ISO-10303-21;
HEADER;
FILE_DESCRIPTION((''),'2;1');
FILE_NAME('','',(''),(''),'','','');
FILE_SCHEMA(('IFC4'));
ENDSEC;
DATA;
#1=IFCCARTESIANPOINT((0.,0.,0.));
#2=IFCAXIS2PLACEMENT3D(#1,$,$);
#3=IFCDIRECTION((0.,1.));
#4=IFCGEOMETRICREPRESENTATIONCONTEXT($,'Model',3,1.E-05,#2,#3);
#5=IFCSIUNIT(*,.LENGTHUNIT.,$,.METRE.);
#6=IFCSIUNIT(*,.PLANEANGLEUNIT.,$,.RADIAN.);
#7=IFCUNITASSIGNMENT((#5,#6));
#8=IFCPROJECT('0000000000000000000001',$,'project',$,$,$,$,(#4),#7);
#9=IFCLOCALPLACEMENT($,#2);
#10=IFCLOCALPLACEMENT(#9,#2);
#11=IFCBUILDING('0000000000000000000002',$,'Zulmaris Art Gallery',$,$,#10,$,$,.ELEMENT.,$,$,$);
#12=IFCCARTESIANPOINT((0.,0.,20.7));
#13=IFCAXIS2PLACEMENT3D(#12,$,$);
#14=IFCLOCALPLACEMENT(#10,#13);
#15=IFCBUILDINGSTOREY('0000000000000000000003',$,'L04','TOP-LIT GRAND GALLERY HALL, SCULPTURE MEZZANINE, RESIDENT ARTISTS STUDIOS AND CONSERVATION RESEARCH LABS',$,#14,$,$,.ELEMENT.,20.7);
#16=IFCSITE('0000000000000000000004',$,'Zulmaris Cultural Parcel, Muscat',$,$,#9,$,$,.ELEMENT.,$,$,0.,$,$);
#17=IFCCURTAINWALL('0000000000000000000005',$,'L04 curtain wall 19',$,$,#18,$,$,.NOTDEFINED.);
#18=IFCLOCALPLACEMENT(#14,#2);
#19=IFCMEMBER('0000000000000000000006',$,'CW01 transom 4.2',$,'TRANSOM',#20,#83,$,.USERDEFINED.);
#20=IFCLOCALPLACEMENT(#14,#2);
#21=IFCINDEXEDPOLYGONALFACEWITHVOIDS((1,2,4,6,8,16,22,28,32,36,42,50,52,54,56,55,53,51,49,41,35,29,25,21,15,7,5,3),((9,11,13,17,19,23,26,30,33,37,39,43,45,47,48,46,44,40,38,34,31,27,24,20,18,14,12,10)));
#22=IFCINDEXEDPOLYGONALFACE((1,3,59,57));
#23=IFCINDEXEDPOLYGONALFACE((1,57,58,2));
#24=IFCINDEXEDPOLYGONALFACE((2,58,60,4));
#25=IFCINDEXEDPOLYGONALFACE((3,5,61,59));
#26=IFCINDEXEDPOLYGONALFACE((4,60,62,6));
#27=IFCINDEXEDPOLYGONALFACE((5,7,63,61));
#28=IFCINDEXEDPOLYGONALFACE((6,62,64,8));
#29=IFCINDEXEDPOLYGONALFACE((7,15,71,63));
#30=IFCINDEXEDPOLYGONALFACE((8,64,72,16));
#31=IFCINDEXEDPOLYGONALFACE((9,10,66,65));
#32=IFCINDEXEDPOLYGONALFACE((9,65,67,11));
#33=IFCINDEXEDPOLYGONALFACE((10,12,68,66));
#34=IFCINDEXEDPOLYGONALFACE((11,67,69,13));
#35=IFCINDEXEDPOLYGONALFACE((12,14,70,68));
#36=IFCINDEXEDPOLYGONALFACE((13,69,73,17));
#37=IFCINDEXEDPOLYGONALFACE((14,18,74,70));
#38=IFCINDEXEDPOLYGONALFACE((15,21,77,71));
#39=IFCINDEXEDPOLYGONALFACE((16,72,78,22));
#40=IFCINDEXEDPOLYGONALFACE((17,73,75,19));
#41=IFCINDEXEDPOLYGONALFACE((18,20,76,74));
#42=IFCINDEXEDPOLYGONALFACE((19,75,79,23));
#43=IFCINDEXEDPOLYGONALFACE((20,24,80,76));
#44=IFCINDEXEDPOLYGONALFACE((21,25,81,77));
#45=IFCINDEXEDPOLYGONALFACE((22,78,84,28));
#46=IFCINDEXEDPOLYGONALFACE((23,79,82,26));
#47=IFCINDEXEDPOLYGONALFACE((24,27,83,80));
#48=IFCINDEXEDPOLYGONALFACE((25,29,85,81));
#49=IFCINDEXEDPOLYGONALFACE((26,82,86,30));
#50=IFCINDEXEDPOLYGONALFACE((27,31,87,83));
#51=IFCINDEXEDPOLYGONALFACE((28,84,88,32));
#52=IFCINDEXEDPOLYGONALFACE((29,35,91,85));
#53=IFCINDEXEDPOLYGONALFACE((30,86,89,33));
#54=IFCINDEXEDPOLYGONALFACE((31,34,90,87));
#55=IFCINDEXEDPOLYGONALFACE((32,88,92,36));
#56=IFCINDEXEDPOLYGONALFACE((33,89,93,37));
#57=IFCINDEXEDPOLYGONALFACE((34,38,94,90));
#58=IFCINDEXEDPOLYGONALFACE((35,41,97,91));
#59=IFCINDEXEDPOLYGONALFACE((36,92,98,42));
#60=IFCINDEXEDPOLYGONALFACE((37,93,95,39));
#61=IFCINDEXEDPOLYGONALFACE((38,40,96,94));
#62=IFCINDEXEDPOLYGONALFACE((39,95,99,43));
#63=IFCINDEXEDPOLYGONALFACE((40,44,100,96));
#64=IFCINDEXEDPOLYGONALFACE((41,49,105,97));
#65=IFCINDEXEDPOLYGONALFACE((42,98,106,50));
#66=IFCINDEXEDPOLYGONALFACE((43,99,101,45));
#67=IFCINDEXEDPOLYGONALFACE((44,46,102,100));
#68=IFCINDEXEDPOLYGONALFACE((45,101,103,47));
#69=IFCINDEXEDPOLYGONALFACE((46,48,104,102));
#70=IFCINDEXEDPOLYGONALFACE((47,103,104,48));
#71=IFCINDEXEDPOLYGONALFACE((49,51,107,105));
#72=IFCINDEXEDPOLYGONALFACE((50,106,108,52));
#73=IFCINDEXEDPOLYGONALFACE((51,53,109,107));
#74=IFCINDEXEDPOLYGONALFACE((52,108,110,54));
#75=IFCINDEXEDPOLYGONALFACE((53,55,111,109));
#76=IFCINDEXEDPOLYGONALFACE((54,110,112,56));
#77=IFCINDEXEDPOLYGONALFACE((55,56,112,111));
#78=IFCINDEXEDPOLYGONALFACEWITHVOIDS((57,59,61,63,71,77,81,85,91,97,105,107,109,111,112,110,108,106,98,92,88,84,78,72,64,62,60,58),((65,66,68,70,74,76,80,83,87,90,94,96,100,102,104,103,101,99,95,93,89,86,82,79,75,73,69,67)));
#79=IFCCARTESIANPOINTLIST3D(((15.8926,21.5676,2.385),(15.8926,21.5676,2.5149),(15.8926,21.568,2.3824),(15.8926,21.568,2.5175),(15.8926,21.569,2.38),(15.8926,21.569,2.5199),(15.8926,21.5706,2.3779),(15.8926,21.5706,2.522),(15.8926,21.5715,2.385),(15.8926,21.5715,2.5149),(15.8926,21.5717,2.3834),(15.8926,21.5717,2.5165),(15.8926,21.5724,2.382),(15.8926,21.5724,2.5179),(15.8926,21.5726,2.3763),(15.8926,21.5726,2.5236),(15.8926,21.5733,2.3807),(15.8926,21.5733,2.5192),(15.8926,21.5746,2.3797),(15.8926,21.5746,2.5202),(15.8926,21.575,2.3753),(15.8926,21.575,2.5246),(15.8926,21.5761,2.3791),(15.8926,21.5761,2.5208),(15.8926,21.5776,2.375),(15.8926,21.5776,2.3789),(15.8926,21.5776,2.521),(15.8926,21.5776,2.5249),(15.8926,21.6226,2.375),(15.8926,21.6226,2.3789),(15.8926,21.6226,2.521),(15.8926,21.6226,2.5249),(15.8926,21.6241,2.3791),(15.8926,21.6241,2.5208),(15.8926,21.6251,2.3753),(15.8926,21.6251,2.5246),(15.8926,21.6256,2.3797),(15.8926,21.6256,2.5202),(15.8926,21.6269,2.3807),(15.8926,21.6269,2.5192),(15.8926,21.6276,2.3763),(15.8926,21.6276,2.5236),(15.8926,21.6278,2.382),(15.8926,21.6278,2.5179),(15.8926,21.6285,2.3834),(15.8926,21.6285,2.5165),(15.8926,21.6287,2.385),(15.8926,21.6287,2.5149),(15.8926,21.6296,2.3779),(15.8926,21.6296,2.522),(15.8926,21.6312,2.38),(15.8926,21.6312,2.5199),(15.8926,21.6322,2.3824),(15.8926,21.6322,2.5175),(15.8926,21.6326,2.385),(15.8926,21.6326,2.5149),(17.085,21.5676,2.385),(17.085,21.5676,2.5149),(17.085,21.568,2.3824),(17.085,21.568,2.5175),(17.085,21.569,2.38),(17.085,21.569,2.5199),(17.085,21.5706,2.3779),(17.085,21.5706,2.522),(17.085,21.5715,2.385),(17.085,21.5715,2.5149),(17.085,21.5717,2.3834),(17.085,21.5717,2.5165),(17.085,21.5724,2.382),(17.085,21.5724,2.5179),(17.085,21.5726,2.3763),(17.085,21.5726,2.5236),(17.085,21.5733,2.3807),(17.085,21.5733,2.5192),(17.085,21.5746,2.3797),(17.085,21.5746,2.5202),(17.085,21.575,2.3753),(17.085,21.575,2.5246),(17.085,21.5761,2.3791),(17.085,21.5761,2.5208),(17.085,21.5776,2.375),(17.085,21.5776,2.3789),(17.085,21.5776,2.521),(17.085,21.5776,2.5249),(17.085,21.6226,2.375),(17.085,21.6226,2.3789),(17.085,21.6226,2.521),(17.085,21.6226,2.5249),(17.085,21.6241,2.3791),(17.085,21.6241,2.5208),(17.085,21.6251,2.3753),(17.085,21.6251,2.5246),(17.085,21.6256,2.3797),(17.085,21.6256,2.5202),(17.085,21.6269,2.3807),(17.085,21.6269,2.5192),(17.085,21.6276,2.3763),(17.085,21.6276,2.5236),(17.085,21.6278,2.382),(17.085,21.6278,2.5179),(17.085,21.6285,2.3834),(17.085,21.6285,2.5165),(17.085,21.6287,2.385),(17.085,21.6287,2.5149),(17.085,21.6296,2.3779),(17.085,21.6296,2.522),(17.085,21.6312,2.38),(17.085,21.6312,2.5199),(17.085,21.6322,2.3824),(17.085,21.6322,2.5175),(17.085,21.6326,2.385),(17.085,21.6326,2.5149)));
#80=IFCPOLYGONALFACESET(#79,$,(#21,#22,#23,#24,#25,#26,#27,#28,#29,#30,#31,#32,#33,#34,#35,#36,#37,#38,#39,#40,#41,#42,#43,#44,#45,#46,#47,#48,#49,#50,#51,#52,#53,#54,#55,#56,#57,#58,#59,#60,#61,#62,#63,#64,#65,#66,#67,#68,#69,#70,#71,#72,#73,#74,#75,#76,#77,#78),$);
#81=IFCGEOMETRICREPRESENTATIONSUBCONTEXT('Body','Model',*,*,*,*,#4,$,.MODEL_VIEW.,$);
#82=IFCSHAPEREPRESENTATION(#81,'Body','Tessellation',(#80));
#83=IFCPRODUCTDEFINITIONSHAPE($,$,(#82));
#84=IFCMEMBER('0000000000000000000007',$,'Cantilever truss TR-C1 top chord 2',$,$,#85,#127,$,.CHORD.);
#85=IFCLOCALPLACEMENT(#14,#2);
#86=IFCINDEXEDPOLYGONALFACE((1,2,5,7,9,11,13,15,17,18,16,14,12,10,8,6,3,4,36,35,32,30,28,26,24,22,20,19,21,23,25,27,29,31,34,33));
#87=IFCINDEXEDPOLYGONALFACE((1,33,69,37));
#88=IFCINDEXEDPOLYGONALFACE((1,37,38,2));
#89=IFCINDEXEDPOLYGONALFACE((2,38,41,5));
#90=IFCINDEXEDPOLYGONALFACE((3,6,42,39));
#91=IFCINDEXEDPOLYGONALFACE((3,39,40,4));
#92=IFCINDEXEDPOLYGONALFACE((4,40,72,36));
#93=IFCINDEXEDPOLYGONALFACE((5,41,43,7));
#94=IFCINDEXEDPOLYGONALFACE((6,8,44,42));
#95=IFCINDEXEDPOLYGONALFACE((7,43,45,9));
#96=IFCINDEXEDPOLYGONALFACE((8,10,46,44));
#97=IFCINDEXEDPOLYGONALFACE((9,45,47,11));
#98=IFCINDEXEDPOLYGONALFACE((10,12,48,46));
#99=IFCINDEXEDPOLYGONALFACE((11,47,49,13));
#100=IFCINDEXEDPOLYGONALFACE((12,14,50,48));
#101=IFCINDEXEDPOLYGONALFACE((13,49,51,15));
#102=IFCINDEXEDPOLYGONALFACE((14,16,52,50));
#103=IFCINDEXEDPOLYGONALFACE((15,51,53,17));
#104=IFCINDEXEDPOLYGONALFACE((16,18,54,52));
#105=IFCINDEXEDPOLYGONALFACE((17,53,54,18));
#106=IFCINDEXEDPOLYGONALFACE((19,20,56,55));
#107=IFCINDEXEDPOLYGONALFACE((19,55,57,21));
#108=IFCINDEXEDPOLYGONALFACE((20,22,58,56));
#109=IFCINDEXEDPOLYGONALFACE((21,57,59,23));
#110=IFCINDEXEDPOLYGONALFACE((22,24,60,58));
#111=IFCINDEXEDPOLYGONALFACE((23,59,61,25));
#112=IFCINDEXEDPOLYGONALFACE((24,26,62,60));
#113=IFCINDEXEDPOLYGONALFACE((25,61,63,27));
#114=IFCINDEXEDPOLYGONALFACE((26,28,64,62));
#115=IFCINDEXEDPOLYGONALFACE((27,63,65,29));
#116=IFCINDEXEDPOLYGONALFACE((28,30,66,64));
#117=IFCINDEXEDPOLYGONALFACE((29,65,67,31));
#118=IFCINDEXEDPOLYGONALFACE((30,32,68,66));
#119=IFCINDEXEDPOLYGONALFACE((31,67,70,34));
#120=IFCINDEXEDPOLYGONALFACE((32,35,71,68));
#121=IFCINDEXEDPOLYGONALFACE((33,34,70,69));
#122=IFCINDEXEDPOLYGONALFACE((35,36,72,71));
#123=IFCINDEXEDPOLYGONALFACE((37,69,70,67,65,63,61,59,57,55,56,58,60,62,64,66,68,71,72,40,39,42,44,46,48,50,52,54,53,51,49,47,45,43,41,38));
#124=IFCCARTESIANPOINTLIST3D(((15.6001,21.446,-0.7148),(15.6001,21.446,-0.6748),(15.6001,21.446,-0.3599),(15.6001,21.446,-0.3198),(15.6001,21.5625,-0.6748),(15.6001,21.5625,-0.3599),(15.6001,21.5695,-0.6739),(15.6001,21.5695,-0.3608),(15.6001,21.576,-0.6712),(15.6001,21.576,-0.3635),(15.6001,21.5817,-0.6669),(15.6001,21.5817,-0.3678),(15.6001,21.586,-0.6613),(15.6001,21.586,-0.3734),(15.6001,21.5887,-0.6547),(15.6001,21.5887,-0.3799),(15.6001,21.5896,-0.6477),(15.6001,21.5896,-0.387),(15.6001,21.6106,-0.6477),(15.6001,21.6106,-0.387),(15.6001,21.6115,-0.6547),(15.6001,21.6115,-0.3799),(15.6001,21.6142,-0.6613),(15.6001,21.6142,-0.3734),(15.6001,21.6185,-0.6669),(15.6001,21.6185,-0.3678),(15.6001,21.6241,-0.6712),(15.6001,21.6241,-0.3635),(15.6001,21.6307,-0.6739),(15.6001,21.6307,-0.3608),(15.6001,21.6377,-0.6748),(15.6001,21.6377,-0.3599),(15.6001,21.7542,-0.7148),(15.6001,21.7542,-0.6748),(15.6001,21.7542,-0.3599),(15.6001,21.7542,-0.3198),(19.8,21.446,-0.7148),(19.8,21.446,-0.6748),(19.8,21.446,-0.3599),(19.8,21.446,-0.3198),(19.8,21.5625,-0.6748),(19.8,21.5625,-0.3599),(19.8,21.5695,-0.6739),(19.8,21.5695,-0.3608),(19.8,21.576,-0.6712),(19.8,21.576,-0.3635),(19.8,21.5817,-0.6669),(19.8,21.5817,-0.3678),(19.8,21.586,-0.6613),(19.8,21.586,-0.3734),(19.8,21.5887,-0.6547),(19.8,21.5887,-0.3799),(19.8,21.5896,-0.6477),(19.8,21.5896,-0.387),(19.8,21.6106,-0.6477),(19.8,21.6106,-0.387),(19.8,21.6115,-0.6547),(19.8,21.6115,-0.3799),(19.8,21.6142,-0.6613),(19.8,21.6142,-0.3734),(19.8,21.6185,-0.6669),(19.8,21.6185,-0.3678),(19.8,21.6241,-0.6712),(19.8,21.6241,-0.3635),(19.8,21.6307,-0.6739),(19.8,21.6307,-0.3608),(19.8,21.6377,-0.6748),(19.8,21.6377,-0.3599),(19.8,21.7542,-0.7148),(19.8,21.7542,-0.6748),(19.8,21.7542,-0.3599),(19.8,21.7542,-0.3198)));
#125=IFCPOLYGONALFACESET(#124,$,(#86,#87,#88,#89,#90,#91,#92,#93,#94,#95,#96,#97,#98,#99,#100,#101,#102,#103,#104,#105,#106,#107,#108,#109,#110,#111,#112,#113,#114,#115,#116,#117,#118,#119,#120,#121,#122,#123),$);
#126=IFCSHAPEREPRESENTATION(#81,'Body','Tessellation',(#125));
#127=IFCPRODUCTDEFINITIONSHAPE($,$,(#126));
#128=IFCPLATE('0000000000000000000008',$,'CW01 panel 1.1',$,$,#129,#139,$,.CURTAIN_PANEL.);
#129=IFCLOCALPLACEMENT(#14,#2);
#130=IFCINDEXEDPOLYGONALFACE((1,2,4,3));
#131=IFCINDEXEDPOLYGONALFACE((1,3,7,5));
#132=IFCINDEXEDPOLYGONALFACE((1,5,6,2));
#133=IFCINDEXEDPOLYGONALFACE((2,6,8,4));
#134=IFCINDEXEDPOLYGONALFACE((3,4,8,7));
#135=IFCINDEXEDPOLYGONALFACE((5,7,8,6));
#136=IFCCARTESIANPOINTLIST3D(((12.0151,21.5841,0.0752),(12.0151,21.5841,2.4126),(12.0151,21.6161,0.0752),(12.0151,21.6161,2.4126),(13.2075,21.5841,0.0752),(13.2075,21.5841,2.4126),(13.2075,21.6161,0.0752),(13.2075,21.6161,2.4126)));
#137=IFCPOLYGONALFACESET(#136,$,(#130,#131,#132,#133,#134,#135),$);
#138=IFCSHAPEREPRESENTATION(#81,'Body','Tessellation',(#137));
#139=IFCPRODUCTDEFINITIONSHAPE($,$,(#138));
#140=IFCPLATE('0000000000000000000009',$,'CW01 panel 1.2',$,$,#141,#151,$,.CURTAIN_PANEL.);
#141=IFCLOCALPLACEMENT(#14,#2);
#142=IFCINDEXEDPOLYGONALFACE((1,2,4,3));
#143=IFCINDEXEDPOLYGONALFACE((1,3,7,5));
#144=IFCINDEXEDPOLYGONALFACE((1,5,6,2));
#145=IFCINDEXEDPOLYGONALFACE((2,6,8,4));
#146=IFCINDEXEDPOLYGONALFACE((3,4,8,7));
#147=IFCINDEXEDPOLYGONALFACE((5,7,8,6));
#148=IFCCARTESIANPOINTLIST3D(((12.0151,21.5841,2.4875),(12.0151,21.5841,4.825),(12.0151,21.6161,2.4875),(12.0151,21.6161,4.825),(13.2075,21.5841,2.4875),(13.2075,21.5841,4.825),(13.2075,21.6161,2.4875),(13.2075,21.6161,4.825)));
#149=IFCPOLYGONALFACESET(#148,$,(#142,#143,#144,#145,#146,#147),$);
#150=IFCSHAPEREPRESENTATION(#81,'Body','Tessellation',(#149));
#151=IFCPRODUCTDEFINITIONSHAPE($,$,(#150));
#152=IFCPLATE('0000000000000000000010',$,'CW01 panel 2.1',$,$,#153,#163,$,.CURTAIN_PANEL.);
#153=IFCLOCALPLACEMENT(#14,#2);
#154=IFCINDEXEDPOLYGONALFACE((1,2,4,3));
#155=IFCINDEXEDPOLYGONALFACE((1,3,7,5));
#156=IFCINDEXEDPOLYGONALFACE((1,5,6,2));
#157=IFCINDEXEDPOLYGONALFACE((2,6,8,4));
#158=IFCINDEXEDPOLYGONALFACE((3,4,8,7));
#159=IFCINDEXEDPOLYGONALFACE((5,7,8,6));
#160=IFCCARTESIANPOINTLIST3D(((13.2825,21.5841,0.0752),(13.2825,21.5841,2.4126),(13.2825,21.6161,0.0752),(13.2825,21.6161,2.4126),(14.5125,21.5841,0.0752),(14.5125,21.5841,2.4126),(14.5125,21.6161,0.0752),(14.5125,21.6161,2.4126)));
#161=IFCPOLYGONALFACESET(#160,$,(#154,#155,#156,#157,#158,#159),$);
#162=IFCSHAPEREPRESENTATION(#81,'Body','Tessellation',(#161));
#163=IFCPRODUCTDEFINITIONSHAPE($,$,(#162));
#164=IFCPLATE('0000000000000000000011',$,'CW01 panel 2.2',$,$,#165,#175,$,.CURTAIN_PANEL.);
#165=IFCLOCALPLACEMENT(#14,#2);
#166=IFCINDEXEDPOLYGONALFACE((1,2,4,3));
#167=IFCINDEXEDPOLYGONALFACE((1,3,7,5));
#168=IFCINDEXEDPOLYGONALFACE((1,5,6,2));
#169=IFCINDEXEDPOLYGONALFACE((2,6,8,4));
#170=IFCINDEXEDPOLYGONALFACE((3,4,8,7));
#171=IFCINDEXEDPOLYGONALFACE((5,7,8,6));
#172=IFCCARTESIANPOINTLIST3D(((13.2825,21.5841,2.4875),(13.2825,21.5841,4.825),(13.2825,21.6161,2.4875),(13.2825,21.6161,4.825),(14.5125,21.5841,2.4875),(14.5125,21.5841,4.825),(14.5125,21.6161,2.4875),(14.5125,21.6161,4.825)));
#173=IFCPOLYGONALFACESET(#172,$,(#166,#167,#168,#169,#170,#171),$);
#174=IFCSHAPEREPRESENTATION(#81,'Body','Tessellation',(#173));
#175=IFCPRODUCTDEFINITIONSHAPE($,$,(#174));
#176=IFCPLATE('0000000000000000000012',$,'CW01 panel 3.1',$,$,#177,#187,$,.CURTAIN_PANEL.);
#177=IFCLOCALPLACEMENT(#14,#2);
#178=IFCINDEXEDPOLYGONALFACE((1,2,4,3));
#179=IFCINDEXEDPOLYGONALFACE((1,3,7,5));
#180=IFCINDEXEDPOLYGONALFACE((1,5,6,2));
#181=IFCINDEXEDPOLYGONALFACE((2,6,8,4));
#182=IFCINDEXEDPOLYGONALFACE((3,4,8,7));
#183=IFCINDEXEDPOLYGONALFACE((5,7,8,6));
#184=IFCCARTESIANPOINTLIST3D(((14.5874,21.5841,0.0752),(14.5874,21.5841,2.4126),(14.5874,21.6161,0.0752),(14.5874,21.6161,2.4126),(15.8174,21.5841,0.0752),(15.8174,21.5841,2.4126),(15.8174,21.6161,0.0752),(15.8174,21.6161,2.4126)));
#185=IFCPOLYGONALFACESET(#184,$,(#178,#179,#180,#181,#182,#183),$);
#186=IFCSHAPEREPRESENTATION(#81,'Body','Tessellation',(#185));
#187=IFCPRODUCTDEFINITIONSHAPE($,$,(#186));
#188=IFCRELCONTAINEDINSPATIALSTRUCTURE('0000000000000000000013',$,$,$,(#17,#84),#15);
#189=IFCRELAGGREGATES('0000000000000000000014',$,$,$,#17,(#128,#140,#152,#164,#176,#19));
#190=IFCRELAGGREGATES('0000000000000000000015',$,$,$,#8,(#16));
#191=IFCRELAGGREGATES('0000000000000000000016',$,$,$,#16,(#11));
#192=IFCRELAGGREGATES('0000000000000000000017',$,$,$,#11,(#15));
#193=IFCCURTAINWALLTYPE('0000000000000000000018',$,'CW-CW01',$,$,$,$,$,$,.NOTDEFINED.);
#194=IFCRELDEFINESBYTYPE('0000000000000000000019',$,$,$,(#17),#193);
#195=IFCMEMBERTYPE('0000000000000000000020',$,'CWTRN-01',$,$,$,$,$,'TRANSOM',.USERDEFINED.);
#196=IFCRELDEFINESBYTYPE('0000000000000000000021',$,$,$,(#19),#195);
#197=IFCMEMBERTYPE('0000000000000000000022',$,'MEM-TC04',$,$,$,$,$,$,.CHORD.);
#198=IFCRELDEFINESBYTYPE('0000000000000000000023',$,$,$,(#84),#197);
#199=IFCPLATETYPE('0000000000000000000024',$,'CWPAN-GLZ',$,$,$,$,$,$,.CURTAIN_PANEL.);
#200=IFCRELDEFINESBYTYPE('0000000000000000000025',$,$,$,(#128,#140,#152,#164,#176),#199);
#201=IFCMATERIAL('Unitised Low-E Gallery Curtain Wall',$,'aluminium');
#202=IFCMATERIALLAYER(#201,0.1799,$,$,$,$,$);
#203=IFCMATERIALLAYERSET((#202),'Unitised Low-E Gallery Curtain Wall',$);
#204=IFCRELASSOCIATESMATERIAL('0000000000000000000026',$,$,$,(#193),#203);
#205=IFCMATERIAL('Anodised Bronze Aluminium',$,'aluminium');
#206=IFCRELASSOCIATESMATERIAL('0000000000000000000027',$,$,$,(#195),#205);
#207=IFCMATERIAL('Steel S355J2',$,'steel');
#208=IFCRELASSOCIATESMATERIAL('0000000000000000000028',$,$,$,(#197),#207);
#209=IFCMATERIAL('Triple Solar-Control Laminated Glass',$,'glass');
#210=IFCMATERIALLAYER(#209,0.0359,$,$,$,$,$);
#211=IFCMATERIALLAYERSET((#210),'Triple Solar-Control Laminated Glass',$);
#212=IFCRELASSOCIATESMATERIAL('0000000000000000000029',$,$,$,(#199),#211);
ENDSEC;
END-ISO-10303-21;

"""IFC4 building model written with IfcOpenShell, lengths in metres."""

from ifc_helpers import new_model, si_unit, direction, frame, origin, origin_2d, place, context, subcontext, project, spatial, rectangle, hollow_rectangle, i_section, extrude, material, layer, layer_set, material_profile, profile_set, type_object, element, aggregate, save


model = new_model("IFC4")

# Units and contexts
model_context = context("Model", 3, precision=1e-05, world=origin(), true_north=direction((0.0, 1.0)))
body_context = subcontext(model_context, "Body", "Model", "MODEL_VIEW")
ifc_project = project(units=[si_unit("LENGTHUNIT", "METRE"), si_unit("PLANEANGLEUNIT", "RADIAN")], contexts=[model_context])

# Site, building, storey
site_placement = place(None, origin())
site = spatial("IfcSite", under=ifc_project, at=site_placement, Name="Zulmaris Cultural Parcel, Muscat", CompositionType="ELEMENT", RefElevation=0.0)
building_placement = place(site_placement, origin())
building = spatial("IfcBuilding", under=site, at=building_placement, Name="Zulmaris Art Gallery", CompositionType="ELEMENT")
storey_placement = place(building_placement, frame((0.0, 0.0, 20.7)))
storey = spatial("IfcBuildingStorey", under=building, at=storey_placement, Name="L04", Description="TOP-LIT GRAND GALLERY HALL, SCULPTURE MEZZANINE, RESIDENT ARTISTS STUDIOS AND CONSERVATION RESEARCH LABS", CompositionType="ELEMENT", Elevation=20.7)

# Shared definitions
ifc_material_1 = material(Name="Steel S355J2", Category="steel")

# Curtain wall, member
ifc_material_2 = material(Name="Unitised Low-E Gallery Curtain Wall", Category="aluminium")
ifc_layer_1 = layer(ifc_material_2, 0.1799)
ifc_layer_set_1 = layer_set([ifc_layer_1], Name="Unitised Low-E Gallery Curtain Wall")
curtain_wall_type = type_object("IfcCurtainWallType", Name="CW-CW01", PredefinedType="NOTDEFINED", material=ifc_layer_set_1)
curtain_wall_placement = place(storey_placement, origin())
curtain_wall = element("IfcCurtainWall", 1, at=curtain_wall_placement, inside=storey, type_object=curtain_wall_type, Name="L04 curtain wall 19", PredefinedType="NOTDEFINED")
ifc_material_3 = material(Name="Anodised Bronze Aluminium", Category="aluminium")
ifc_material_profile_1 = material_profile(ifc_material_3, hollow_rectangle(XDim=0.0649, YDim=0.1499, WallThickness=0.0039, InnerFilletRadius=0.0061, OuterFilletRadius=0.01, at=origin_2d()), Name="ALU 65x150x4")
ifc_profile_set_1 = profile_set([ifc_material_profile_1], Name="Anodised Bronze Aluminium")
member_type_1 = type_object("IfcMemberType", Name="CWTRN-01", ElementType="TRANSOM", PredefinedType="USERDEFINED", material=ifc_profile_set_1)
member_1_placement = place(storey_placement, frame((15.8926, 21.6001, 2.45), z_axis=(1.0, 0.0, 0.0), x_axis=(0.0, 1.0, 0.0)))
member_1 = element("IfcMember", 2, at=member_1_placement, type_object=member_type_1, Name="CW01 transom 4.2", ObjectType="TRANSOM", PredefinedType="USERDEFINED", context=body_context, shape_type="SweptSolid", body=[
    extrude(hollow_rectangle(XDim=0.0649, YDim=0.1499, WallThickness=0.0039, InnerFilletRadius=0.0061, OuterFilletRadius=0.01, at=origin_2d()), origin(), (0.0, 0.0, 1.0), 1.1924),
])

# Member
ifc_material_profile_2 = material_profile(ifc_material_1, i_section(OverallWidth=0.3081, OverallDepth=0.395, WebThickness=0.021, FlangeThickness=0.04, FilletRadius=0.0271, at=origin_2d()), Name="HEM 360")
ifc_profile_set_2 = profile_set([ifc_material_profile_2], Name="Steel S355J2")
member_type_2 = type_object("IfcMemberType", Name="MEM-TC04", PredefinedType="CHORD", material=ifc_profile_set_2)
member_2_placement = place(storey_placement, frame((15.6001, 21.6001, -0.5173), z_axis=(1.0, 0.0, 0.0), x_axis=(0.0, 1.0, 0.0)))
element("IfcMember", 3, at=member_2_placement, inside=storey, type_object=member_type_2, Name="Cantilever truss TR-C1 top chord 2", PredefinedType="CHORD", context=body_context, shape_type="SweptSolid", body=[
    extrude(i_section(OverallWidth=0.3081, OverallDepth=0.395, WebThickness=0.021, FlangeThickness=0.04, FilletRadius=0.0271, at=origin_2d()), origin(), (0.0, 0.0, 1.0), 4.2),
])

# Plates
ifc_material_4 = material(Name="Triple Solar-Control Laminated Glass", Category="glass")
ifc_layer_2 = layer(ifc_material_4, 0.0359)
ifc_layer_set_2 = layer_set([ifc_layer_2], Name="Triple Solar-Control Laminated Glass")
plate_type = type_object("IfcPlateType", Name="CWPAN-GLZ", PredefinedType="CURTAIN_PANEL", material=ifc_layer_set_2)
plate_1_placement = place(storey_placement, frame((12.6113, 21.6001, 0.0752), z_axis=(0.0, 0.0, 1.0), x_axis=(1.0, 0.0, 0.0)))
plate_1 = element("IfcPlate", 4, at=plate_1_placement, type_object=plate_type, Name="CW01 panel 1.1", PredefinedType="CURTAIN_PANEL", context=body_context, shape_type="SweptSolid", body=[
    extrude(rectangle(XDim=1.1924, YDim=0.032, at=origin_2d()), origin(), (0.0, 0.0, 1.0), 2.3374),
])
plate_2_placement = place(storey_placement, frame((12.6113, 21.6001, 2.4875), z_axis=(0.0, 0.0, 1.0), x_axis=(1.0, 0.0, 0.0)))
plate_2 = element("IfcPlate", 5, at=plate_2_placement, type_object=plate_type, Name="CW01 panel 1.2", PredefinedType="CURTAIN_PANEL", context=body_context, shape_type="SweptSolid", body=[
    extrude(rectangle(XDim=1.1924, YDim=0.032, at=origin_2d()), origin(), (0.0, 0.0, 1.0), 2.3374),
])
plate_3_placement = place(storey_placement, frame((13.8975, 21.6001, 0.0752), z_axis=(0.0, 0.0, 1.0), x_axis=(1.0, 0.0, 0.0)))
plate_3 = element("IfcPlate", 6, at=plate_3_placement, type_object=plate_type, Name="CW01 panel 2.1", PredefinedType="CURTAIN_PANEL", context=body_context, shape_type="SweptSolid", body=[
    extrude(rectangle(XDim=1.23, YDim=0.032, at=origin_2d()), origin(), (0.0, 0.0, 1.0), 2.3374),
])
plate_4_placement = place(storey_placement, frame((13.8975, 21.6001, 2.4875), z_axis=(0.0, 0.0, 1.0), x_axis=(1.0, 0.0, 0.0)))
plate_4 = element("IfcPlate", 7, at=plate_4_placement, type_object=plate_type, Name="CW01 panel 2.2", PredefinedType="CURTAIN_PANEL", context=body_context, shape_type="SweptSolid", body=[
    extrude(rectangle(XDim=1.23, YDim=0.032, at=origin_2d()), origin(), (0.0, 0.0, 1.0), 2.3374),
])
plate_5_placement = place(storey_placement, frame((15.2024, 21.6001, 0.0752), z_axis=(0.0, 0.0, 1.0), x_axis=(1.0, 0.0, 0.0)))
plate_5 = element("IfcPlate", 8, at=plate_5_placement, type_object=plate_type, Name="CW01 panel 3.1", PredefinedType="CURTAIN_PANEL", context=body_context, shape_type="SweptSolid", body=[
    extrude(rectangle(XDim=1.23, YDim=0.032, at=origin_2d()), origin(), (0.0, 0.0, 1.0), 2.3374),
])
aggregate(curtain_wall, [plate_1, plate_2, plate_3, plate_4, plate_5, member_1])

save(model, "model.ifc")
